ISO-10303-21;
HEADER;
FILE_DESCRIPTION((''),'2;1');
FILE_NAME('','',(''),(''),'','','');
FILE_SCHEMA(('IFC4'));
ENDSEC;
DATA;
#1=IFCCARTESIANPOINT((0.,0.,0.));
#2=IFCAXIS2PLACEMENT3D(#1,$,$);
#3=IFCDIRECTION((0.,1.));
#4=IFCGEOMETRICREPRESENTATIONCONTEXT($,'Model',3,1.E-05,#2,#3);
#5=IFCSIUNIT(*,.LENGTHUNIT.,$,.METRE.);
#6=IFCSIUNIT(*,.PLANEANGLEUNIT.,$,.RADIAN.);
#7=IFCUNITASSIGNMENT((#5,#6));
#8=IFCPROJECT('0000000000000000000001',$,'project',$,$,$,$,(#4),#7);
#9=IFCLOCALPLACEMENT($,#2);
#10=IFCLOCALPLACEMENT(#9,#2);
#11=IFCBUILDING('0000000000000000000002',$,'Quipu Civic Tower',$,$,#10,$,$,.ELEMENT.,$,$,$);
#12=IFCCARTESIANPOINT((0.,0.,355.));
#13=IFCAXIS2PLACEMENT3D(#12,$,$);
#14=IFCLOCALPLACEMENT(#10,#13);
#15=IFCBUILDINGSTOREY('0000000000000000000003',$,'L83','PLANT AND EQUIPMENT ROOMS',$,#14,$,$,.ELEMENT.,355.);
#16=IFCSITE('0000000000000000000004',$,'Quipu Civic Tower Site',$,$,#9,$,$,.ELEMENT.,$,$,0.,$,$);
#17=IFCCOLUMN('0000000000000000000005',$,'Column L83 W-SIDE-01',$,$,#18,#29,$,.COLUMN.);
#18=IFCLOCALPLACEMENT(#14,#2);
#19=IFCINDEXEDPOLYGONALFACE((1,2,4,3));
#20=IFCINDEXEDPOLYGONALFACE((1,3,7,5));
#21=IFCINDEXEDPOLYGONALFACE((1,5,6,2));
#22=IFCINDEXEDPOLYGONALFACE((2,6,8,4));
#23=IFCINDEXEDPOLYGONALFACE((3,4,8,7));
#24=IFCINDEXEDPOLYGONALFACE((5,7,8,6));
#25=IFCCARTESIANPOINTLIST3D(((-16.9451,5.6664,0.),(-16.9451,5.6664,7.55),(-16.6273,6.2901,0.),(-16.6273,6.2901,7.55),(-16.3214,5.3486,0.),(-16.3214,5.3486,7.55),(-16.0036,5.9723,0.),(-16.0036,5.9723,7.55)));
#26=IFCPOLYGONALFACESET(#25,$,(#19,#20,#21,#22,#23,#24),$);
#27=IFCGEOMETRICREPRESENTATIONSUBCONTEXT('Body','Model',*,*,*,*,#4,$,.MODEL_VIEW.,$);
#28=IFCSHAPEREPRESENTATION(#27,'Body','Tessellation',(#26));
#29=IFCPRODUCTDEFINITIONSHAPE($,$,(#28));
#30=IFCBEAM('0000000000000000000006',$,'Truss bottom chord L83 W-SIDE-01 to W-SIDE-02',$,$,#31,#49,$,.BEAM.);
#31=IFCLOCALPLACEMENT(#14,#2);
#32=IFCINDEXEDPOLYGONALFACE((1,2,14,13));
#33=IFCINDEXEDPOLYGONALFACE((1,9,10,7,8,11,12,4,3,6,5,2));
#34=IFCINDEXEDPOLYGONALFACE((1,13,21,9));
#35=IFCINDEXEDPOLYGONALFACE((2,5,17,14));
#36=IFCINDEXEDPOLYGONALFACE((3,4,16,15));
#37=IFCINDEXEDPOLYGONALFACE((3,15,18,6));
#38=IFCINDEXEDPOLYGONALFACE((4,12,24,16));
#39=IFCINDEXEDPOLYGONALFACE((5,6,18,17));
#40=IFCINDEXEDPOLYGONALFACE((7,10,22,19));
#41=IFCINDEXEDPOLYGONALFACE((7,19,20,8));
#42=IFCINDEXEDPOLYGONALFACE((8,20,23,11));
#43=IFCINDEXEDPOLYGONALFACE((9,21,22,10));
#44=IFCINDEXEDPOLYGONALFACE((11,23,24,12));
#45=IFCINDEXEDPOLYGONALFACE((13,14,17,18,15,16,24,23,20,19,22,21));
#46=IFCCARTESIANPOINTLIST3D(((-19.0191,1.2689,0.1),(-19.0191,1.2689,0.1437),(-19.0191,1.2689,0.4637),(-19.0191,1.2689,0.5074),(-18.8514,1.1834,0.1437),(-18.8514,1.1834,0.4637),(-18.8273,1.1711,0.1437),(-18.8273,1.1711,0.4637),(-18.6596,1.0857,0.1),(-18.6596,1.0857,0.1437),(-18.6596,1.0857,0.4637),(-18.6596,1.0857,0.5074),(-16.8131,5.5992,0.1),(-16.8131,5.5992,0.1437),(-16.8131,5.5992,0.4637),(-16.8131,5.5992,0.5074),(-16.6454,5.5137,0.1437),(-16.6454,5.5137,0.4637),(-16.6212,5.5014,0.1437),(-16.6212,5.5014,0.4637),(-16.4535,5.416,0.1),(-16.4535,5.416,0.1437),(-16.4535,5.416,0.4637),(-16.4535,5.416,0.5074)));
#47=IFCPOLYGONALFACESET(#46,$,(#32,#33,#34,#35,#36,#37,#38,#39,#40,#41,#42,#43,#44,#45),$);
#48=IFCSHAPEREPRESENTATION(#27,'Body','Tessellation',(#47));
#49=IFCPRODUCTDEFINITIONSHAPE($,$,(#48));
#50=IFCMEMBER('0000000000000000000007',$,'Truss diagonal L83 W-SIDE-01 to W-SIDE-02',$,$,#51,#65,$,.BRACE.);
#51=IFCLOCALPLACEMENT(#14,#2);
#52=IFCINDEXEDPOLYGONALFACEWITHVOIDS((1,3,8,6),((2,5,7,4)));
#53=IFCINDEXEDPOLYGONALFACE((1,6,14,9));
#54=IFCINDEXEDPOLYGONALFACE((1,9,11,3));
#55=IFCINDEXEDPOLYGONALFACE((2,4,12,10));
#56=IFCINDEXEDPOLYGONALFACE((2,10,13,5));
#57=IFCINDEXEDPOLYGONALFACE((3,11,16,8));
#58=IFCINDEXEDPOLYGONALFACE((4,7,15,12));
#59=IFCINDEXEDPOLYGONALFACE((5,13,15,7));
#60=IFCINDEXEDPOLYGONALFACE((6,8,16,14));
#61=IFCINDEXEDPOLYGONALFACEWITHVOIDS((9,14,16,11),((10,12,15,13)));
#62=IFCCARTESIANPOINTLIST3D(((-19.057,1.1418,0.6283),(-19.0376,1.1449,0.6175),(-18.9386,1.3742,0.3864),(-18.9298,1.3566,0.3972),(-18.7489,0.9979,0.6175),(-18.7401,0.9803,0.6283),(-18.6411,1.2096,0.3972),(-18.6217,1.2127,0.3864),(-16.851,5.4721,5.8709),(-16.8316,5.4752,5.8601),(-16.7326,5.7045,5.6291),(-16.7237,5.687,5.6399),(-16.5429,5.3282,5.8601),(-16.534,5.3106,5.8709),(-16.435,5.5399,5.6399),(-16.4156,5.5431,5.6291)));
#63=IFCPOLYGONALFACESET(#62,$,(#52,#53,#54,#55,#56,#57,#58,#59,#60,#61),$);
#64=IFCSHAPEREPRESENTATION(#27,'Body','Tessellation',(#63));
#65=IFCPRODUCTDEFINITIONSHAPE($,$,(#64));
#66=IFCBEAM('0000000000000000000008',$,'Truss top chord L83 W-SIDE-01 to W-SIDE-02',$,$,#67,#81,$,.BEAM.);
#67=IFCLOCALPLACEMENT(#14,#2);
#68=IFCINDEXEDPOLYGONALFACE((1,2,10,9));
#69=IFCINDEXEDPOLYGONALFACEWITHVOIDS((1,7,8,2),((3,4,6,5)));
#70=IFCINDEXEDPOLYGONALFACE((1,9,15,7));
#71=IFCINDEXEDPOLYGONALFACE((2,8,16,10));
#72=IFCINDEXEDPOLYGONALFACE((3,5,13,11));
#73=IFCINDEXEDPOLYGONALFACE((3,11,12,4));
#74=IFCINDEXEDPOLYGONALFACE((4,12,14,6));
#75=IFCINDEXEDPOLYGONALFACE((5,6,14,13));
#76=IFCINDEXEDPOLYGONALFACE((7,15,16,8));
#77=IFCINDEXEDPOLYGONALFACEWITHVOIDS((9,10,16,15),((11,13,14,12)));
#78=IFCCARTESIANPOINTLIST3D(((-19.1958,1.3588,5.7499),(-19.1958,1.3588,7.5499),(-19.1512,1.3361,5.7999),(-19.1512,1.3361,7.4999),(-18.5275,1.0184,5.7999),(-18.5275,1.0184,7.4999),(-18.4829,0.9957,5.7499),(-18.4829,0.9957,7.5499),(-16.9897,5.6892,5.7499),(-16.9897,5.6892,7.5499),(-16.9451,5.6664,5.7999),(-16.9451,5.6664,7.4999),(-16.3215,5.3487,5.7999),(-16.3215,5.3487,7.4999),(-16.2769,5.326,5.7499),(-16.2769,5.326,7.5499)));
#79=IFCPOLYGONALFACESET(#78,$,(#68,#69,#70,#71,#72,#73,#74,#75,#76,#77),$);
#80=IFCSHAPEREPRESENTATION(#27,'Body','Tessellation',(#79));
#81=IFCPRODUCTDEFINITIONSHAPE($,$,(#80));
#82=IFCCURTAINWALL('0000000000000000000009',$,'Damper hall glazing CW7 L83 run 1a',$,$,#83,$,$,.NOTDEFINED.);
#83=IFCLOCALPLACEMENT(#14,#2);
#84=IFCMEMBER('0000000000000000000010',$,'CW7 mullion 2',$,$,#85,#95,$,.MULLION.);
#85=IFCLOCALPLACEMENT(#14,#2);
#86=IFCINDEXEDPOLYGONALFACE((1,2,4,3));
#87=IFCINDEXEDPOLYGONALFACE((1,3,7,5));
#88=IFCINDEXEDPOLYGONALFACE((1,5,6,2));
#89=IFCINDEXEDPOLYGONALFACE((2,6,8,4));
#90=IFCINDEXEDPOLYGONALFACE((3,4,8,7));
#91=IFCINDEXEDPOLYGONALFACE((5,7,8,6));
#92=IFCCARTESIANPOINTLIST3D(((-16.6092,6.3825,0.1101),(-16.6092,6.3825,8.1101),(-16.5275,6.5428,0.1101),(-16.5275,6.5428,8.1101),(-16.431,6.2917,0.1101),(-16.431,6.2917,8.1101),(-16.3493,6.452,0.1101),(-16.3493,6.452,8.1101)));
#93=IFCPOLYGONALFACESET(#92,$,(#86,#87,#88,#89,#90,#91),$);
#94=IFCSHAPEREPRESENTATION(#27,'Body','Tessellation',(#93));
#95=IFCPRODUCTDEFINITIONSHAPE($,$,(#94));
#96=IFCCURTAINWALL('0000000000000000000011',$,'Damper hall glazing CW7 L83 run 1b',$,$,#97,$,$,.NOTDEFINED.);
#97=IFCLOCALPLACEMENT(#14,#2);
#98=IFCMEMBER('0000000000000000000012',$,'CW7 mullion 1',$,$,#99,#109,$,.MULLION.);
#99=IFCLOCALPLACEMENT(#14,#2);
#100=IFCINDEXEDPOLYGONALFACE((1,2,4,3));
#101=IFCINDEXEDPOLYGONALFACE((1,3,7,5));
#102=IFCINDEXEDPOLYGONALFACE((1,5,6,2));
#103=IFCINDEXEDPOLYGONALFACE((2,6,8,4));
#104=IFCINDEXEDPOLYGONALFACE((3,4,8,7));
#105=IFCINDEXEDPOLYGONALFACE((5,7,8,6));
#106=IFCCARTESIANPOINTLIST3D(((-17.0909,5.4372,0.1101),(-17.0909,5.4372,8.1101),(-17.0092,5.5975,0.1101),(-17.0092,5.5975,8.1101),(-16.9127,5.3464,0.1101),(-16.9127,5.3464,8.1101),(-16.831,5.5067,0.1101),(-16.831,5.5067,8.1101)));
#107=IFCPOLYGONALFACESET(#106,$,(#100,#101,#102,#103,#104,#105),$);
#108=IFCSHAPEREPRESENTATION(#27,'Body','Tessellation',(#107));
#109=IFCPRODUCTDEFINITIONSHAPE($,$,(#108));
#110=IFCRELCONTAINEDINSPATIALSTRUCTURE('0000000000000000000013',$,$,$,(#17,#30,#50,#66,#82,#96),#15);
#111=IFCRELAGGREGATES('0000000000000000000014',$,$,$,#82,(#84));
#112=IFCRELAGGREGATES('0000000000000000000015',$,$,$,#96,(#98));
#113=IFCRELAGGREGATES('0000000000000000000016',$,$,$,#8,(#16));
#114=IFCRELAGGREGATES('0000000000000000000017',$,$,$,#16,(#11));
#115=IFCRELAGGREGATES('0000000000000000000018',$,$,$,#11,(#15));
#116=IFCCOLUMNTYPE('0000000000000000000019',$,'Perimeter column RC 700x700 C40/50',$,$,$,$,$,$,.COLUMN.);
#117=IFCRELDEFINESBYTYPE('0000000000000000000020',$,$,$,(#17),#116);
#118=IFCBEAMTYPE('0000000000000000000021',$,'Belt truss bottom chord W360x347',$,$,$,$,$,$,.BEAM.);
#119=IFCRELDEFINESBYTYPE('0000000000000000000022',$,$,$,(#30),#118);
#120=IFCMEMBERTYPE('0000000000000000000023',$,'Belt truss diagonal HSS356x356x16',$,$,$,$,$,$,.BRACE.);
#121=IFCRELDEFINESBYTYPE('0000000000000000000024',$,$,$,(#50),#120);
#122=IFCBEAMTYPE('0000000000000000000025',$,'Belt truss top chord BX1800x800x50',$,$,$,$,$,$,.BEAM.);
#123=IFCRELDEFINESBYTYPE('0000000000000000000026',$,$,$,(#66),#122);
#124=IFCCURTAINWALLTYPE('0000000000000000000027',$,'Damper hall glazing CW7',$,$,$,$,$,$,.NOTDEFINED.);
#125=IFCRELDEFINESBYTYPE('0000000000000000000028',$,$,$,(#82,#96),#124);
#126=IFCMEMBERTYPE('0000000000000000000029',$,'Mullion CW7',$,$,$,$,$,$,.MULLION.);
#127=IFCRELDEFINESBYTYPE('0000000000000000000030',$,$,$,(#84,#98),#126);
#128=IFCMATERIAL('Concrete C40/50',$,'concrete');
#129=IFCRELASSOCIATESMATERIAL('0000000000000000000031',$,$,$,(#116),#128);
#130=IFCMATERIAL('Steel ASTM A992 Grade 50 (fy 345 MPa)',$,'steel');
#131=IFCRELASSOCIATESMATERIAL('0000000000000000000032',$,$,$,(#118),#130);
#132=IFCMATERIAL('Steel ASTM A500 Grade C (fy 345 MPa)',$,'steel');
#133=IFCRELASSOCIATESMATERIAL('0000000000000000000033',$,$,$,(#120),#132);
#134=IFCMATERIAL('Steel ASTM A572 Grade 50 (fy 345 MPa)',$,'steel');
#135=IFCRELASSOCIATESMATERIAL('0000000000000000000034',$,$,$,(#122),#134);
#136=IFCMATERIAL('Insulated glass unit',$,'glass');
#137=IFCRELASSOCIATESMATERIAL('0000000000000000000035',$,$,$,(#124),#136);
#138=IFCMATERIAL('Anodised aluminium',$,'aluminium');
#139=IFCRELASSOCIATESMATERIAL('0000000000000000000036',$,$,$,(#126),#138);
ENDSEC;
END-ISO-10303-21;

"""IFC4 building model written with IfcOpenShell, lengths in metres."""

from ifc_helpers import new_model, si_unit, direction, frame, origin, origin_2d, place, context, subcontext, project, spatial, rectangle, hollow_rectangle, i_section, extrude, material, material_profile, profile_set, type_object, element, aggregate, save


model = new_model("IFC4")

# Units and contexts
model_context = context("Model", 3, precision=1e-05, world=origin(), true_north=direction((0.0, 1.0)))
body_context = subcontext(model_context, "Body", "Model", "MODEL_VIEW")
ifc_project = project(units=[si_unit("LENGTHUNIT", "METRE"), si_unit("PLANEANGLEUNIT", "RADIAN")], contexts=[model_context])

# Site, building, storey
site_placement = place(None, origin())
site = spatial("IfcSite", under=ifc_project, at=site_placement, Name="Quipu Civic Tower Site", CompositionType="ELEMENT", RefElevation=0.0)
building_placement = place(site_placement, origin())
building = spatial("IfcBuilding", under=site, at=building_placement, Name="Quipu Civic Tower", CompositionType="ELEMENT")
storey_placement = place(building_placement, frame((0.0, 0.0, 355.0)))
storey = spatial("IfcBuildingStorey", under=building, at=storey_placement, Name="L83", Description="PLANT AND EQUIPMENT ROOMS", CompositionType="ELEMENT", Elevation=355.0)

# Column
ifc_material_1 = material(Name="Concrete C40/50", Category="concrete")
ifc_material_profile_1 = material_profile(ifc_material_1, rectangle(XDim=0.7, YDim=0.7, at=origin_2d()), Name="RC700x700")
ifc_profile_set_1 = profile_set([ifc_material_profile_1], Name="Concrete C40/50")
column_type = type_object("IfcColumnType", Name="Perimeter column RC 700x700 C40/50", PredefinedType="COLUMN", material=ifc_profile_set_1)
column_placement = place(storey_placement, frame((-16.4744, 5.8193, 0.0), z_axis=(0.0, 0.0, 1.0), x_axis=(-0.45399, -0.891007, 0.0)))
element("IfcColumn", 1, at=column_placement, inside=storey, type_object=column_type, Name="Column L83 W-SIDE-01", PredefinedType="COLUMN", context=body_context, shape_type="SweptSolid", body=[
    extrude(rectangle(XDim=0.7, YDim=0.7, at=origin_2d()), origin(), (0.0, 0.0, 1.0), 7.55),
])

# Beam
ifc_material_2 = material(Name="Steel ASTM A992 Grade 50 (fy 345 MPa)", Category="steel")
ifc_material_profile_2 = material_profile(ifc_material_2, i_section(OverallWidth=0.4036, OverallDepth=0.4075, WebThickness=0.0271, FlangeThickness=0.0437, at=origin_2d()), Name="W360x347")
ifc_profile_set_2 = profile_set([ifc_material_profile_2], Name="Steel ASTM A992 Grade 50 (fy 345 MPa)")
beam_type_1 = type_object("IfcBeamType", Name="Belt truss bottom chord W360x347", PredefinedType="BEAM", material=ifc_profile_set_2)
beam_1_placement = place(storey_placement, frame((-16.6333, 5.5076, 0.3037), z_axis=(-0.453933, -0.891036, 0.0), x_axis=(0.891036, -0.453933, 0.0)))
element("IfcBeam", 2, at=beam_1_placement, inside=storey, type_object=beam_type_1, Name="Truss bottom chord L83 W-SIDE-01 to W-SIDE-02", PredefinedType="BEAM", context=body_context, shape_type="SweptSolid", body=[
    extrude(i_section(OverallWidth=0.4036, OverallDepth=0.4075, WebThickness=0.0271, FlangeThickness=0.0437, at=origin_2d()), origin(), (0.0, 0.0, 1.0), 4.8599),
])

# Member
ifc_material_3 = material(Name="Steel ASTM A500 Grade C (fy 345 MPa)", Category="steel")
ifc_material_profile_3 = material_profile(ifc_material_3, hollow_rectangle(XDim=0.3557, YDim=0.3557, WallThickness=0.0159, at=origin_2d()), Name="HSS356x356x16")
ifc_profile_set_3 = profile_set([ifc_material_profile_3], Name="Steel ASTM A500 Grade C (fy 345 MPa)")
member_type_1 = type_object("IfcMemberType", Name="Belt truss diagonal HSS356x356x16", PredefinedType="BRACE", material=ifc_profile_set_3)
member_1_placement = place(storey_placement, frame((-16.6333, 5.5076, 5.75), z_axis=(-0.308595, -0.605749, -0.733374), x_axis=(0.891036, -0.453933, 0.0)))
element("IfcMember", 3, at=member_1_placement, inside=storey, type_object=member_type_1, Name="Truss diagonal L83 W-SIDE-01 to W-SIDE-02", PredefinedType="BRACE", context=body_context, shape_type="SweptSolid", body=[
    extrude(hollow_rectangle(XDim=0.3557, YDim=0.3557, WallThickness=0.0159, at=origin_2d()), origin(), (0.0, 0.0, 1.0), 7.1487),
])

# Beam
ifc_material_4 = material(Name="Steel ASTM A572 Grade 50 (fy 345 MPa)", Category="steel")
ifc_material_profile_4 = material_profile(ifc_material_4, hollow_rectangle(XDim=0.8, YDim=1.8, WallThickness=0.05, at=origin_2d()), Name="BX1800x800x50")
ifc_profile_set_4 = profile_set([ifc_material_profile_4], Name="Steel ASTM A572 Grade 50 (fy 345 MPa)")
beam_type_2 = type_object("IfcBeamType", Name="Belt truss top chord BX1800x800x50", PredefinedType="BEAM", material=ifc_profile_set_4)
beam_2_placement = place(storey_placement, frame((-16.6333, 5.5076, 6.6499), z_axis=(-0.453933, -0.891036, 0.0), x_axis=(0.891036, -0.453933, 0.0)))
element("IfcBeam", 4, at=beam_2_placement, inside=storey, type_object=beam_type_2, Name="Truss top chord L83 W-SIDE-01 to W-SIDE-02", PredefinedType="BEAM", context=body_context, shape_type="SweptSolid", body=[
    extrude(hollow_rectangle(XDim=0.8, YDim=1.8, WallThickness=0.05, at=origin_2d()), origin(), (0.0, 0.0, 1.0), 4.8599),
])

# Curtain walls, members
ifc_material_5 = material(Name="Insulated glass unit", Category="glass")
curtain_wall_type = type_object("IfcCurtainWallType", Name="Damper hall glazing CW7", PredefinedType="NOTDEFINED", material=ifc_material_5)
curtain_wall_1_placement = place(storey_placement, origin())
curtain_wall_1 = element("IfcCurtainWall", 5, at=curtain_wall_1_placement, inside=storey, type_object=curtain_wall_type, Name="Damper hall glazing CW7 L83 run 1a", PredefinedType="NOTDEFINED")
ifc_material_6 = material(Name="Anodised aluminium", Category="aluminium")
ifc_material_profile_5 = material_profile(ifc_material_6, rectangle(XDim=0.2, YDim=0.1799, at=origin_2d()), Name="RECT 200x180")
ifc_profile_set_5 = profile_set([ifc_material_profile_5], Name="Anodised aluminium")
member_type_2 = type_object("IfcMemberType", Name="Mullion CW7", PredefinedType="MULLION", material=ifc_profile_set_5)
member_2_placement = place(storey_placement, frame((-16.4792, 6.4172, 0.1101), z_axis=(0.0, 0.0, 1.0), x_axis=(0.891004, -0.453996, 0.0)))
member_2 = element("IfcMember", 6, at=member_2_placement, type_object=member_type_2, Name="CW7 mullion 2", PredefinedType="MULLION", context=body_context, shape_type="SweptSolid", body=[
    extrude(rectangle(XDim=0.2, YDim=0.1799, at=origin_2d()), origin(), (0.0, 0.0, 1.0), 8.0),
])
aggregate(curtain_wall_1, [member_2])
curtain_wall_2_placement = place(storey_placement, origin())
curtain_wall_2 = element("IfcCurtainWall", 7, at=curtain_wall_2_placement, inside=storey, type_object=curtain_wall_type, Name="Damper hall glazing CW7 L83 run 1b", PredefinedType="NOTDEFINED")
member_3_placement = place(storey_placement, frame((-16.9609, 5.4719, 0.1101), z_axis=(0.0, 0.0, 1.0), x_axis=(0.891003, -0.453997, 0.0)))
member_3 = element("IfcMember", 8, at=member_3_placement, type_object=member_type_2, Name="CW7 mullion 1", PredefinedType="MULLION", context=body_context, shape_type="SweptSolid", body=[
    extrude(rectangle(XDim=0.2, YDim=0.1799, at=origin_2d()), origin(), (0.0, 0.0, 1.0), 8.0),
])
aggregate(curtain_wall_2, [member_3])

save(model, "model.ifc")
